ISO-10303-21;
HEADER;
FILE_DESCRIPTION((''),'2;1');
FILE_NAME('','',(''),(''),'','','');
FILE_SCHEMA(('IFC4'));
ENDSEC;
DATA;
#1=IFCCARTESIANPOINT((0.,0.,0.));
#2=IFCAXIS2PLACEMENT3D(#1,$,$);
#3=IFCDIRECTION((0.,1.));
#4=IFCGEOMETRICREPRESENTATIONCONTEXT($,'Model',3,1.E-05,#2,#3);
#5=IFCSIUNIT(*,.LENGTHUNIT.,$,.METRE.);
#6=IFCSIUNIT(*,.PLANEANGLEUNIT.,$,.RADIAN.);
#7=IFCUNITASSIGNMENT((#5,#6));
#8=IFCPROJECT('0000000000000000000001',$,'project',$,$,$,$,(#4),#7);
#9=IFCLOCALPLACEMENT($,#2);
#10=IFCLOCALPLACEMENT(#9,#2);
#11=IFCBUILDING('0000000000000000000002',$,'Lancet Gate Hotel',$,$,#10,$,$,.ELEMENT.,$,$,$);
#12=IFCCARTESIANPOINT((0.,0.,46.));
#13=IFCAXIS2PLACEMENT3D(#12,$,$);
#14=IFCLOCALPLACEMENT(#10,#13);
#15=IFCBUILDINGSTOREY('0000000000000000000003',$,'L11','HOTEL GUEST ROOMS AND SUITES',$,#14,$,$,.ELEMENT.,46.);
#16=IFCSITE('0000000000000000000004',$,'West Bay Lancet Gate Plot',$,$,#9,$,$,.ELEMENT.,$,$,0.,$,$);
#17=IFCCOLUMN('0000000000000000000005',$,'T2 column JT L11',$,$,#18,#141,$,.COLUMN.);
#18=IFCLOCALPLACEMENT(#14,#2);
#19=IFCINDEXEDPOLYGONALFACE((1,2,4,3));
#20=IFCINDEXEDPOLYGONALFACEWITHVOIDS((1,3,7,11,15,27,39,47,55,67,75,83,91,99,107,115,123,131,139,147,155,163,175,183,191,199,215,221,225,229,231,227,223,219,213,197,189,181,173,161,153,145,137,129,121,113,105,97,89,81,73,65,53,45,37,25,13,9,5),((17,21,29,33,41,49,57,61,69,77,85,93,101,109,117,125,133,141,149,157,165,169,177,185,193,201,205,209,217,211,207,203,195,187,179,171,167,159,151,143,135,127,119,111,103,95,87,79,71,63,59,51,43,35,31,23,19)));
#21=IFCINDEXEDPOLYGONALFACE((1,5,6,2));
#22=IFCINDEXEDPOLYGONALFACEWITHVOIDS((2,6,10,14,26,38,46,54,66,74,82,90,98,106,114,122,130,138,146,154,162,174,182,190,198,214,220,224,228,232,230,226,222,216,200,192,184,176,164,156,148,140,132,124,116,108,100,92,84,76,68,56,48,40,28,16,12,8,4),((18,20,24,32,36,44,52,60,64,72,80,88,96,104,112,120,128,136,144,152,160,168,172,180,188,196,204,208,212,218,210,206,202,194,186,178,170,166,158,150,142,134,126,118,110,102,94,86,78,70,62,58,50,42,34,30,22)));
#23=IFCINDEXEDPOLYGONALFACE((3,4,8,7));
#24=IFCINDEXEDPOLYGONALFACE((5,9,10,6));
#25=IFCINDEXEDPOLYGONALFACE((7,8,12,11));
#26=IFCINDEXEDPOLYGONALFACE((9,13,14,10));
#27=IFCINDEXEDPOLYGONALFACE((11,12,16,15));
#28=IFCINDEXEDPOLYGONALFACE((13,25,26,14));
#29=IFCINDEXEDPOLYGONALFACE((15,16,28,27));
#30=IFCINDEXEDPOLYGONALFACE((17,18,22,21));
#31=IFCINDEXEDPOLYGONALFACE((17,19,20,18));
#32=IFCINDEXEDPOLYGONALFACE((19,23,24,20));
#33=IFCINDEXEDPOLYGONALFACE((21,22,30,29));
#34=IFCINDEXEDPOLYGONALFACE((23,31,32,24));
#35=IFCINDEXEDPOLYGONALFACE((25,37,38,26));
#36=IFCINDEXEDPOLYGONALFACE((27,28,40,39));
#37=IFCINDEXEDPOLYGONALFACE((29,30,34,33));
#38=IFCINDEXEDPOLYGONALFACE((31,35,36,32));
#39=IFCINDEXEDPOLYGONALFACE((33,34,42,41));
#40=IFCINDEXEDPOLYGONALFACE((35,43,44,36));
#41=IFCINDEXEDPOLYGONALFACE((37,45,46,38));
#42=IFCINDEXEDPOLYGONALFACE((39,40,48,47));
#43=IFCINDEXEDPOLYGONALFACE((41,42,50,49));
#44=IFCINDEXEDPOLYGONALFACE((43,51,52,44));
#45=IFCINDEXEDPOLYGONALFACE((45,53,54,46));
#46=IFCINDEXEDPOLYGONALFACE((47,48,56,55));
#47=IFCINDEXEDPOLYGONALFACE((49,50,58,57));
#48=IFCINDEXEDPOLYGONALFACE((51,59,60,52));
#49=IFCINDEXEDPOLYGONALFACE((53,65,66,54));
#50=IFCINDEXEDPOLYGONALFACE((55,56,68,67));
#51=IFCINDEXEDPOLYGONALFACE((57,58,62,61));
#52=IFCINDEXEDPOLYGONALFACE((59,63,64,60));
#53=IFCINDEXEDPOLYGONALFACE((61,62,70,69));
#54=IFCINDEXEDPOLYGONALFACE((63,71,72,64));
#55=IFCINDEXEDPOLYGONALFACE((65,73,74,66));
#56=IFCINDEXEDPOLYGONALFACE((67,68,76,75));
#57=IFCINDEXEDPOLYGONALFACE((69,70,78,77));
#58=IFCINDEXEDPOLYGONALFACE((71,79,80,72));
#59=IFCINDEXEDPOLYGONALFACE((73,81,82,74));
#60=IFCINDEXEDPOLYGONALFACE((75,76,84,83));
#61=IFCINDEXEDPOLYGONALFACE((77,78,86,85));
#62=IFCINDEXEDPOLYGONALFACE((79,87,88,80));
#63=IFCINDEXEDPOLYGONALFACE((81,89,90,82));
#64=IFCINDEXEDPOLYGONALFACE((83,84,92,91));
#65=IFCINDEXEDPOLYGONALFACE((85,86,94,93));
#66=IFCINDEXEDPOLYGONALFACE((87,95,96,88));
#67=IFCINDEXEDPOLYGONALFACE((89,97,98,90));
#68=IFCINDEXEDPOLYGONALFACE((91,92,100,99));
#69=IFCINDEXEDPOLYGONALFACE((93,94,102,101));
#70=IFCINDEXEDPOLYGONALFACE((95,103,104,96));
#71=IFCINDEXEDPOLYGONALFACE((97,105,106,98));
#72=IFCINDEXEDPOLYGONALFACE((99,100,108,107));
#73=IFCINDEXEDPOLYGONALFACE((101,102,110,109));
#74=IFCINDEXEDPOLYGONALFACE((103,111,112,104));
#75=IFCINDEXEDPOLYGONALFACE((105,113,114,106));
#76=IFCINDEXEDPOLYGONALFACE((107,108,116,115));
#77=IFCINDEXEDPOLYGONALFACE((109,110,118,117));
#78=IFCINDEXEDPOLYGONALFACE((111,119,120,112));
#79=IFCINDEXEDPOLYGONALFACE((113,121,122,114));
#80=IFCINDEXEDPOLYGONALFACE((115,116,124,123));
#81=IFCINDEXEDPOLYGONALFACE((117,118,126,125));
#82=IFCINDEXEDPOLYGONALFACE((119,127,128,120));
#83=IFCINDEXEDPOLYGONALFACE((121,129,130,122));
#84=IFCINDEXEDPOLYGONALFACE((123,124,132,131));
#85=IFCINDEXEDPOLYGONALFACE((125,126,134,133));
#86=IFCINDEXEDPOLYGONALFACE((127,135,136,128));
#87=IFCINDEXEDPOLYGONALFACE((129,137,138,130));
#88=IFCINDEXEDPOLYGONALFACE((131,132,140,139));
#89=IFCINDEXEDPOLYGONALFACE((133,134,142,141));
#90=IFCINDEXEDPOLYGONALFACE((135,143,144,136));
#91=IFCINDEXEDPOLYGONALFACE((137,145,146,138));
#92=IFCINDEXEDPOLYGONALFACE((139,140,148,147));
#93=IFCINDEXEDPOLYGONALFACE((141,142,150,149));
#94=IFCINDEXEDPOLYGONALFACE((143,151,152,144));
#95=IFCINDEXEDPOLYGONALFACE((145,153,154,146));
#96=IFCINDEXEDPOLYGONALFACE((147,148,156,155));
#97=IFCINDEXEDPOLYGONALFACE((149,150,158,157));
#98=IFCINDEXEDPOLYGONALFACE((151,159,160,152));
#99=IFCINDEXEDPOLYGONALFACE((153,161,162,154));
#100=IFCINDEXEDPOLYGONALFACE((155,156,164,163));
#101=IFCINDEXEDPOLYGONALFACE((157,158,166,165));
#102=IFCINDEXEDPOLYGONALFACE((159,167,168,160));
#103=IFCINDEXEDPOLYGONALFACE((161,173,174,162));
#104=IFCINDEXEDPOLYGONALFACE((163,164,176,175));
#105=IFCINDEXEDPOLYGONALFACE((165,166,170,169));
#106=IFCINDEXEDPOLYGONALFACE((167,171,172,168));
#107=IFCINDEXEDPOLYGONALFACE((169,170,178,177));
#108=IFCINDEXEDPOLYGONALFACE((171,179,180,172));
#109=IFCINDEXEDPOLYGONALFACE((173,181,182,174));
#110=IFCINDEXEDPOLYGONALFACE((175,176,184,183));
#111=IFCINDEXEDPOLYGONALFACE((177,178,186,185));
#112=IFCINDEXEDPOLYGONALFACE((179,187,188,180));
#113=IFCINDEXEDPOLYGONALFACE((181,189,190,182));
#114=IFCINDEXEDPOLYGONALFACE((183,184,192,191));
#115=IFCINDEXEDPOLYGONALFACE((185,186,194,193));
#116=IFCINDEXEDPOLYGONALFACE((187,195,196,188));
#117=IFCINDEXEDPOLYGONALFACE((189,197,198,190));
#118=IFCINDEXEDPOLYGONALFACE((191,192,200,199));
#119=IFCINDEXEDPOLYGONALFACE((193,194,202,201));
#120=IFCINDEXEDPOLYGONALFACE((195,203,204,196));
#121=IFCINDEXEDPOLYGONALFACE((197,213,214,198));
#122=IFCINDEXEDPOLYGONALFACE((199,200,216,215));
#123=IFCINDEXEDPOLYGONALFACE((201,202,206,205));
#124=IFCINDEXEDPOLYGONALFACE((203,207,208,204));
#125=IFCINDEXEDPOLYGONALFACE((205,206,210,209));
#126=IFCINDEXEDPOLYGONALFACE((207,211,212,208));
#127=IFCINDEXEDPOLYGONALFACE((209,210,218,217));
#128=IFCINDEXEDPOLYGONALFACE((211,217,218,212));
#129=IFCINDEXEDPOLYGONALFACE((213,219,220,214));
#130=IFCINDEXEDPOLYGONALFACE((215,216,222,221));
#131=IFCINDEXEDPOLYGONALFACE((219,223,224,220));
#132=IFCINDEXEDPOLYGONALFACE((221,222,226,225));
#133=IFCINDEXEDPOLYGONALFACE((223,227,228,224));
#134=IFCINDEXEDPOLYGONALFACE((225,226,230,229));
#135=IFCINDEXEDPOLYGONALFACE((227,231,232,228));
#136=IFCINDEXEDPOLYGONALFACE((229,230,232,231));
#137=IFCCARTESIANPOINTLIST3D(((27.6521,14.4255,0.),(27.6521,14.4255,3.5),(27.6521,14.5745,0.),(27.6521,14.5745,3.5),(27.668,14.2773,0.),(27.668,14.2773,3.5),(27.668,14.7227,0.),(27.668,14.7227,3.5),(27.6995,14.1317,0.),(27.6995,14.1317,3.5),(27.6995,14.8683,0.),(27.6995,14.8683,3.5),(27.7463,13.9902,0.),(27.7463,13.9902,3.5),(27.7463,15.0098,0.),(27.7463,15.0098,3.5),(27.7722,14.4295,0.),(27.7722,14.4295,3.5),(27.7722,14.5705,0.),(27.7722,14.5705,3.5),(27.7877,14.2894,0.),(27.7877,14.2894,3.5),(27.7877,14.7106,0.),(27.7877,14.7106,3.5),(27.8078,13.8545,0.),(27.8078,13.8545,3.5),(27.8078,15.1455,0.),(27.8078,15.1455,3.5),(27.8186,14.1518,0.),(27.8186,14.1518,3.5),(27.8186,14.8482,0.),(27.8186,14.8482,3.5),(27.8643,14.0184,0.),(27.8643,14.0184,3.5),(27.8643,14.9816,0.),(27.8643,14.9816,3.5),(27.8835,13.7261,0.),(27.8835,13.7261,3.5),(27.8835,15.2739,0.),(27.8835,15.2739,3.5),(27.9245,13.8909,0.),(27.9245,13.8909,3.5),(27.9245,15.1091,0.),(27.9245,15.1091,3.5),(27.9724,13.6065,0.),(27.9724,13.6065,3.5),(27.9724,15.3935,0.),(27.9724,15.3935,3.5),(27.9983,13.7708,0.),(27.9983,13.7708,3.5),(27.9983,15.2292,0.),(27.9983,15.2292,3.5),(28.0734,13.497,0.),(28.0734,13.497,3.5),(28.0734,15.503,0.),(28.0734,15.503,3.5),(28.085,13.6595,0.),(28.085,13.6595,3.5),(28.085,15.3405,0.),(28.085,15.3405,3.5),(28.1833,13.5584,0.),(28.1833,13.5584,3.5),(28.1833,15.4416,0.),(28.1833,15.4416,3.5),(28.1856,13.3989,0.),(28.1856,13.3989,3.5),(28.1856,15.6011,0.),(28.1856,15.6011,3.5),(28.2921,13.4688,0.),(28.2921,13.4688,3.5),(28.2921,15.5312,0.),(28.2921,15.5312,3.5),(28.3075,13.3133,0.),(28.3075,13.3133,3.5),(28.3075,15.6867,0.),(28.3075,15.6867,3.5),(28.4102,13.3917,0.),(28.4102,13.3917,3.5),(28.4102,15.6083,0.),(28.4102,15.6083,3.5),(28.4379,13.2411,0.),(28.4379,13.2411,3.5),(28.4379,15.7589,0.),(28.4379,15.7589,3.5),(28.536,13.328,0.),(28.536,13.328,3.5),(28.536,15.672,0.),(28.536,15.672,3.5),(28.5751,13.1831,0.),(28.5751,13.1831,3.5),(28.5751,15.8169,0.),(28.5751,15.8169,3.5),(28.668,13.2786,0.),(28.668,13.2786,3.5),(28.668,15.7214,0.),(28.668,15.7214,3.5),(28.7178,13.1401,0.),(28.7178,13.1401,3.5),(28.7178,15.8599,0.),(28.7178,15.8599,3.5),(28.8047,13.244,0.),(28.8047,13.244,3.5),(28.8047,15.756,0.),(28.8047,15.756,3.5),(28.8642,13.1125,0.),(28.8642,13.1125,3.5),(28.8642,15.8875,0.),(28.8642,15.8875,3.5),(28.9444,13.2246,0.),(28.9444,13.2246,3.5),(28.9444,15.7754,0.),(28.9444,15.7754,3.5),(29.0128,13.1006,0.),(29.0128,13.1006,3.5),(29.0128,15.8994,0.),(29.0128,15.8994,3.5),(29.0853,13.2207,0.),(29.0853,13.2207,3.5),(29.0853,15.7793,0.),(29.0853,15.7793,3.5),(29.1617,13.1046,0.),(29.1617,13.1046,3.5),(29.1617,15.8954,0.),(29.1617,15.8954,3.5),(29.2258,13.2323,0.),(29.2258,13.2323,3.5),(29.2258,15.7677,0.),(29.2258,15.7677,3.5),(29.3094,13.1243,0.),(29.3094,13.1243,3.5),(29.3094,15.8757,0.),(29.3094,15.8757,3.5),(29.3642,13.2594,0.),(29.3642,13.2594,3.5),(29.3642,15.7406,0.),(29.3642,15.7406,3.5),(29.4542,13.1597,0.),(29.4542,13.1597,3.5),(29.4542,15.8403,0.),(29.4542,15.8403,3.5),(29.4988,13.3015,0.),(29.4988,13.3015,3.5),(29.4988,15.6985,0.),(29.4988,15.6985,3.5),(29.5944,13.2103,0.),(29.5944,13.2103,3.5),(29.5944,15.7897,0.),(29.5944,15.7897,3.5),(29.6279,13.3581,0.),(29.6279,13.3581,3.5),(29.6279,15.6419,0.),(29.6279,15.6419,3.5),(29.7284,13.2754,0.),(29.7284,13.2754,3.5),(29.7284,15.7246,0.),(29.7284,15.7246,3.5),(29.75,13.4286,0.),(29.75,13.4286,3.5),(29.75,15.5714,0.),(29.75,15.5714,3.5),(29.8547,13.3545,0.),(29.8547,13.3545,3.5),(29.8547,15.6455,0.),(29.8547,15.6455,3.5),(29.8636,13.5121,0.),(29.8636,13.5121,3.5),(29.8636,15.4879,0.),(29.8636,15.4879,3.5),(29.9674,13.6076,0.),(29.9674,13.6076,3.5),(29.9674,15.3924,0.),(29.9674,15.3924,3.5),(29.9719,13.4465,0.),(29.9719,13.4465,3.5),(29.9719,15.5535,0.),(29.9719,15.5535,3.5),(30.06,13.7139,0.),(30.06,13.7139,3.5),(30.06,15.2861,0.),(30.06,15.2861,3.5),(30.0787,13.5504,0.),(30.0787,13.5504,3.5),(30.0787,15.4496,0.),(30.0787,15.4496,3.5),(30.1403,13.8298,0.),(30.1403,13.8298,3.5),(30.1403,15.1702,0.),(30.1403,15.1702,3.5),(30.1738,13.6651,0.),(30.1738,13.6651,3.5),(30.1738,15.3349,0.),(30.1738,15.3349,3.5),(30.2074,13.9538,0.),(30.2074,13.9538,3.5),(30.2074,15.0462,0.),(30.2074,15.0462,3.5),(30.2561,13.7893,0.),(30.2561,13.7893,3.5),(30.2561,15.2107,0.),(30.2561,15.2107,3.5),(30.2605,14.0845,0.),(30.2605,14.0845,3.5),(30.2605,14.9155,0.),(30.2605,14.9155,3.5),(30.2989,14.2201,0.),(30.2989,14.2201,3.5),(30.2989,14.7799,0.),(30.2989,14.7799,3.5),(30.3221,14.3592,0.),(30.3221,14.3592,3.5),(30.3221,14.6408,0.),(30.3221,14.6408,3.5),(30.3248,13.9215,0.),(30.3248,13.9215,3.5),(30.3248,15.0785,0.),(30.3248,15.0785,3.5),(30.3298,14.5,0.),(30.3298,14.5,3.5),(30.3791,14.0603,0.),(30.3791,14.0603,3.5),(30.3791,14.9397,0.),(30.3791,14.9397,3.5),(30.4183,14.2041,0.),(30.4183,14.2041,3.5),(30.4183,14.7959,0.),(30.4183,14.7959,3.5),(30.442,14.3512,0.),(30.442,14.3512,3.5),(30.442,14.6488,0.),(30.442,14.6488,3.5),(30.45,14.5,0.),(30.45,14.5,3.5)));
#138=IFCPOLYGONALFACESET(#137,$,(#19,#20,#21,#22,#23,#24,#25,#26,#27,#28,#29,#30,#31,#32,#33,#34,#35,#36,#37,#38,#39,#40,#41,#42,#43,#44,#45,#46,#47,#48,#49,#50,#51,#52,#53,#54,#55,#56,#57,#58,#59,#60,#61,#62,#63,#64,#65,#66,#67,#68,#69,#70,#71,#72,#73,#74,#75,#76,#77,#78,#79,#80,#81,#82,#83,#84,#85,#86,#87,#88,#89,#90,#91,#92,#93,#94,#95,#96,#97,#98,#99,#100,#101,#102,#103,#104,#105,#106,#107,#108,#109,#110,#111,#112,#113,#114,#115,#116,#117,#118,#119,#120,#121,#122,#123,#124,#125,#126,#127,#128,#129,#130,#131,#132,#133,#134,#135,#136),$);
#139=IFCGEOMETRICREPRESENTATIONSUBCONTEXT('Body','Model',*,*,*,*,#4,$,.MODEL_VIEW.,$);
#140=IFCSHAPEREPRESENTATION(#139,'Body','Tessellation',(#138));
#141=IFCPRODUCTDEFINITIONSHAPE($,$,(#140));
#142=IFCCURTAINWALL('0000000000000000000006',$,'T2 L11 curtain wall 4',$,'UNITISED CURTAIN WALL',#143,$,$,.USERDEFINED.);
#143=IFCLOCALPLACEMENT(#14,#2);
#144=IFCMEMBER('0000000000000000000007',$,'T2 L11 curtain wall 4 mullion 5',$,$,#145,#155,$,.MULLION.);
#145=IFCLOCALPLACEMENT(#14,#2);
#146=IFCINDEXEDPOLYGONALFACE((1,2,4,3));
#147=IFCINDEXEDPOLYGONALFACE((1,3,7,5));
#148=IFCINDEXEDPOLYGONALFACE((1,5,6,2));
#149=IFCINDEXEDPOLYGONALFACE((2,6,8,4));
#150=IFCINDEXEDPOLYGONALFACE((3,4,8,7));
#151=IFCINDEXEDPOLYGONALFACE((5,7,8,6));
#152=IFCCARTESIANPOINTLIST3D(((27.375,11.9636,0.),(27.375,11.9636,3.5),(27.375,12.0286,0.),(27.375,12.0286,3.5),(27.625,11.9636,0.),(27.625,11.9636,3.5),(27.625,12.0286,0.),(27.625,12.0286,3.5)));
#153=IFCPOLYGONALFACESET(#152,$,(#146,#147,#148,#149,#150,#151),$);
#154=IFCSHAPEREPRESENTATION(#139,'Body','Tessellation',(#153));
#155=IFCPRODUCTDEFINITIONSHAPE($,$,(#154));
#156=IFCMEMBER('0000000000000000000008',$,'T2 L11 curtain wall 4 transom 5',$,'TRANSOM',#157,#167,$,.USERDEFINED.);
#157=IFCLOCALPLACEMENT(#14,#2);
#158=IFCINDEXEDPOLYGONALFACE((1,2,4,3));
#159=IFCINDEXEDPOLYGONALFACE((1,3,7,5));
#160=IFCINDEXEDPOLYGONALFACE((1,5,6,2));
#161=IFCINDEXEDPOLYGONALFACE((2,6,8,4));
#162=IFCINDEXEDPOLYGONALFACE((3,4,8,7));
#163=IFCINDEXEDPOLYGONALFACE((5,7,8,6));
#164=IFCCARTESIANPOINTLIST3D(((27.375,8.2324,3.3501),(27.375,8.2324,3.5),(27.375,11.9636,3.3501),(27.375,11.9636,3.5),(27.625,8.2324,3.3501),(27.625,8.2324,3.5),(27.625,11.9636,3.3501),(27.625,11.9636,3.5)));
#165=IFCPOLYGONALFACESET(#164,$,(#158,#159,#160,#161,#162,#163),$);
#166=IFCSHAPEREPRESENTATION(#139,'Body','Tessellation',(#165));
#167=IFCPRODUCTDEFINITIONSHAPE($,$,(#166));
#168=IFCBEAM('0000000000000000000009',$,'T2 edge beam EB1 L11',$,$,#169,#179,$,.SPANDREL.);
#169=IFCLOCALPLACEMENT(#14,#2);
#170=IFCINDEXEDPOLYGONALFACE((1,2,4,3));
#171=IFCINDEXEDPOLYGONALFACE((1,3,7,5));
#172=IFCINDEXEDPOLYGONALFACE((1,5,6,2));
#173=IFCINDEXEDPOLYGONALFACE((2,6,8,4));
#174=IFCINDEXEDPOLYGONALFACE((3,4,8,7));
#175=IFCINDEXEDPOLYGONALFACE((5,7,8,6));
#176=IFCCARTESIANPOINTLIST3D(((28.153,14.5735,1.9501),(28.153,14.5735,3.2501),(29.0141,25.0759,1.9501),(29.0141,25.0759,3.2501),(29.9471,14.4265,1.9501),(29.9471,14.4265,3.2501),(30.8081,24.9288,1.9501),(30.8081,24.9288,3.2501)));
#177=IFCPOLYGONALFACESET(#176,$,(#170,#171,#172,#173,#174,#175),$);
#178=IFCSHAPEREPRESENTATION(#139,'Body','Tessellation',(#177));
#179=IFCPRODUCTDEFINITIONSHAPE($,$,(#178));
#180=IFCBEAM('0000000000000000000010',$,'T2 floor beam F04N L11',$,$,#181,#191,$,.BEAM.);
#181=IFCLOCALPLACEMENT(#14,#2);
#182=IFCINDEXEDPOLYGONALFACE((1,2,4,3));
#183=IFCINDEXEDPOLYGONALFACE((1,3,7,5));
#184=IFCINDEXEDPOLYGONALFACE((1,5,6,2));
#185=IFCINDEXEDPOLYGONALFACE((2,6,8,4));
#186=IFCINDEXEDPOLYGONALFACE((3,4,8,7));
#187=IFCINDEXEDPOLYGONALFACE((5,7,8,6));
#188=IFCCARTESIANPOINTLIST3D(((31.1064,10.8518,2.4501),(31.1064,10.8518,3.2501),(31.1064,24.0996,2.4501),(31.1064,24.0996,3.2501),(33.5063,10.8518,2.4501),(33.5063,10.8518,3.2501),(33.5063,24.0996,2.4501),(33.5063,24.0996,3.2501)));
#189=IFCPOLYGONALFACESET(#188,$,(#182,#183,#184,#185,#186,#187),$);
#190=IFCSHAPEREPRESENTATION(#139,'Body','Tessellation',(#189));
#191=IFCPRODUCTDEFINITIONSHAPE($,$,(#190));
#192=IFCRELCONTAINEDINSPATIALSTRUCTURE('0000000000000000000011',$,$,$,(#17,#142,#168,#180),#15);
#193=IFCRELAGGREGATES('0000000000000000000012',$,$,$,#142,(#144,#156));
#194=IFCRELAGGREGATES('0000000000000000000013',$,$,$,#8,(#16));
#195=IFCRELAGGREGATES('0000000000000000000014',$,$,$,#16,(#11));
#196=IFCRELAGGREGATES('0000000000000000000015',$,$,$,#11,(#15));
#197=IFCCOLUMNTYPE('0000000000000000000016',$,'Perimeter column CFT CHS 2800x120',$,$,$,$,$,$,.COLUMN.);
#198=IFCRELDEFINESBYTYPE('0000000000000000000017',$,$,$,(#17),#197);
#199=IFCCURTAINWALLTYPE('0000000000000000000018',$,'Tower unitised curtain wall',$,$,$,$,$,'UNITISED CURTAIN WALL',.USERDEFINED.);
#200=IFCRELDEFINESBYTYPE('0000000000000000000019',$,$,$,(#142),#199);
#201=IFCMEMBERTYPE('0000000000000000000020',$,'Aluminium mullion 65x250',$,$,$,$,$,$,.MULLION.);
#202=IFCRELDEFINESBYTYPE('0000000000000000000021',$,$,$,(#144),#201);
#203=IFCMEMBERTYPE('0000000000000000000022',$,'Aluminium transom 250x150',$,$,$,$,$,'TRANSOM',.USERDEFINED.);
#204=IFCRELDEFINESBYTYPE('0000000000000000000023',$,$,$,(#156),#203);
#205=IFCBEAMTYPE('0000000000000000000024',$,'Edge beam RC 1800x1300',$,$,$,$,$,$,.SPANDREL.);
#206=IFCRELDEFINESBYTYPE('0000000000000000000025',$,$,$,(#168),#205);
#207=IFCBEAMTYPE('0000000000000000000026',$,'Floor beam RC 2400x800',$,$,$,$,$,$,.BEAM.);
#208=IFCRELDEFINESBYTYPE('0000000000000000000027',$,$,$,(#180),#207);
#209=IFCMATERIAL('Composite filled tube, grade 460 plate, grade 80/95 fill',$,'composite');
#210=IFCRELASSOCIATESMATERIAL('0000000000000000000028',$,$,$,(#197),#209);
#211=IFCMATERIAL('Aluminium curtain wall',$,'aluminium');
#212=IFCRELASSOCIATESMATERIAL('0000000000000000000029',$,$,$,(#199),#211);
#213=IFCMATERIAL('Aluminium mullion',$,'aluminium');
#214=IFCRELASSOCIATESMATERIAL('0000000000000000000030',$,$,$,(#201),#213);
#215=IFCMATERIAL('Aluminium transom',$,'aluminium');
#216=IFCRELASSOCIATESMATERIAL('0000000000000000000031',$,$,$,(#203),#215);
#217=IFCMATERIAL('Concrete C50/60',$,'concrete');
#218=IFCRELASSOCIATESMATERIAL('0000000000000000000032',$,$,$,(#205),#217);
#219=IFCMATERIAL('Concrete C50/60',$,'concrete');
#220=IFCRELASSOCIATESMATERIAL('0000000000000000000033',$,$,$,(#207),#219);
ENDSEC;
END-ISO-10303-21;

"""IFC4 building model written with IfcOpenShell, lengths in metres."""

from ifc_helpers import new_model, si_unit, direction, frame, origin, origin_2d, place, context, subcontext, project, spatial, rectangle, hollow_circle, extrude, material, material_profile, profile_set, type_object, element, aggregate, save


model = new_model("IFC4")

# Units and contexts
model_context = context("Model", 3, precision=1e-05, world=origin(), true_north=direction((0.0, 1.0)))
body_context = subcontext(model_context, "Body", "Model", "MODEL_VIEW")
ifc_project = project(units=[si_unit("LENGTHUNIT", "METRE"), si_unit("PLANEANGLEUNIT", "RADIAN")], contexts=[model_context])

# Site, building, storey
site_placement = place(None, origin())
site = spatial("IfcSite", under=ifc_project, at=site_placement, Name="West Bay Lancet Gate Plot", CompositionType="ELEMENT", RefElevation=0.0)
building_placement = place(site_placement, origin())
building = spatial("IfcBuilding", under=site, at=building_placement, Name="Lancet Gate Hotel", CompositionType="ELEMENT")
storey_placement = place(building_placement, frame((0.0, 0.0, 46.0)))
storey = spatial("IfcBuildingStorey", under=building, at=storey_placement, Name="L11", Description="HOTEL GUEST ROOMS AND SUITES", CompositionType="ELEMENT", Elevation=46.0)

# Column
ifc_material_1 = material(Name="Composite filled tube, grade 460 plate, grade 80/95 fill", Category="composite")
ifc_material_profile_1 = material_profile(ifc_material_1, hollow_circle(Radius=1.3999, WallThickness=0.1201, at=origin_2d()), Name="CHS 2800x120")
ifc_profile_set_1 = profile_set([ifc_material_profile_1], Name="Composite filled tube, grade 460 plate, grade 80/95 fill")
column_type = type_object("IfcColumnType", Name="Perimeter column CFT CHS 2800x120", PredefinedType="COLUMN", material=ifc_profile_set_1)
for number, where, z_axis, x_axis, name in (
    (1, (29.05, 14.5, 0.0), (0.0, 0.0, 1.0), (1.0, 0.0, 0.0), "T2 column JT L11"),
):
    element("IfcColumn", number, at=place(storey_placement, frame(where, z_axis=z_axis, x_axis=x_axis)), inside=storey, type_object=column_type, Name=name, PredefinedType="COLUMN", context=body_context, shape_type="SweptSolid", body=[
        extrude(hollow_circle(Radius=1.3999, WallThickness=0.1201, at=origin_2d()), origin(), (0.0, 0.0, 1.0), 3.5),
    ])

# Curtain wall, members
ifc_material_2 = material(Name="Aluminium curtain wall", Category="aluminium")
curtain_wall_type = type_object("IfcCurtainWallType", Name="Tower unitised curtain wall", ElementType="UNITISED CURTAIN WALL", PredefinedType="USERDEFINED", material=ifc_material_2)
curtain_wall_placement = place(storey_placement, origin())
curtain_wall = element("IfcCurtainWall", 2, at=curtain_wall_placement, inside=storey, type_object=curtain_wall_type, Name="T2 L11 curtain wall 4", ObjectType="UNITISED CURTAIN WALL", PredefinedType="USERDEFINED")
ifc_material_3 = material(Name="Aluminium mullion", Category="aluminium")
ifc_material_profile_2 = material_profile(ifc_material_3, rectangle(XDim=0.0649, YDim=0.25, at=origin_2d()), Name="MULLION 65x250")
ifc_profile_set_2 = profile_set([ifc_material_profile_2], Name="Aluminium mullion")
member_type_1 = type_object("IfcMemberType", Name="Aluminium mullion 65x250", PredefinedType="MULLION", material=ifc_profile_set_2)
member_1_placement = place(storey_placement, frame((27.5, 11.9961, 0.0), z_axis=(0.0, 0.0, 1.0), x_axis=(0.0, -1.0, 0.0)))
member_1 = element("IfcMember", 3, at=member_1_placement, type_object=member_type_1, Name="T2 L11 curtain wall 4 mullion 5", PredefinedType="MULLION", context=body_context, shape_type="SweptSolid", body=[
    extrude(rectangle(XDim=0.0649, YDim=0.25, at=origin_2d()), origin(), (0.0, 0.0, 1.0), 3.5),
])
ifc_material_4 = material(Name="Aluminium transom", Category="aluminium")
ifc_material_profile_3 = material_profile(ifc_material_4, rectangle(XDim=0.25, YDim=0.1499, at=origin_2d()), Name="TRANSOM 250x150")
ifc_profile_set_3 = profile_set([ifc_material_profile_3], Name="Aluminium transom")
member_type_2 = type_object("IfcMemberType", Name="Aluminium transom 250x150", ElementType="TRANSOM", PredefinedType="USERDEFINED", material=ifc_profile_set_3)
member_2_placement = place(storey_placement, frame((27.5, 11.9636, 3.425), z_axis=(0.0, -1.0, 0.0), x_axis=(1.0, 0.0, 0.0)))
member_2 = element("IfcMember", 4, at=member_2_placement, type_object=member_type_2, Name="T2 L11 curtain wall 4 transom 5", ObjectType="TRANSOM", PredefinedType="USERDEFINED", context=body_context, shape_type="SweptSolid", body=[
    extrude(rectangle(XDim=0.25, YDim=0.1499, at=origin_2d()), origin(), (0.0, 0.0, 1.0), 3.7312),
])

# Beams
ifc_material_5 = material(Name="Concrete C50/60", Category="concrete")
ifc_material_profile_4 = material_profile(ifc_material_5, rectangle(XDim=1.8, YDim=1.3, at=origin_2d()), Name="RC 1800x1300")
ifc_profile_set_4 = profile_set([ifc_material_profile_4], Name="Concrete C50/60")
beam_type_1 = type_object("IfcBeamType", Name="Edge beam RC 1800x1300", PredefinedType="SPANDREL", material=ifc_profile_set_4)
beam_1_placement = place(storey_placement, frame((29.05, 14.5, 2.6001), z_axis=(0.081715, 0.996656, 0.0), x_axis=(-0.996656, 0.081715, 0.0)))
element("IfcBeam", 5, at=beam_1_placement, inside=storey, type_object=beam_type_1, Name="T2 edge beam EB1 L11", PredefinedType="SPANDREL", context=body_context, shape_type="SweptSolid", body=[
    extrude(rectangle(XDim=1.8, YDim=1.3, at=origin_2d()), origin(), (0.0, 0.0, 1.0), 10.5376),
])
ifc_material_6 = material(Name="Concrete C50/60", Category="concrete")
ifc_material_profile_5 = material_profile(ifc_material_6, rectangle(XDim=2.3999, YDim=0.8, at=origin_2d()), Name="RC 2400x800")
ifc_profile_set_5 = profile_set([ifc_material_profile_5], Name="Concrete C50/60")
beam_type_2 = type_object("IfcBeamType", Name="Floor beam RC 2400x800", PredefinedType="BEAM", material=ifc_profile_set_5)
beam_2_placement = place(storey_placement, frame((32.3064, 10.8518, 2.8501), z_axis=(0.0, 1.0, 0.0), x_axis=(-1.0, 0.0, 0.0)))
element("IfcBeam", 6, at=beam_2_placement, inside=storey, type_object=beam_type_2, Name="T2 floor beam F04N L11", PredefinedType="BEAM", context=body_context, shape_type="SweptSolid", body=[
    extrude(rectangle(XDim=2.3999, YDim=0.8, at=origin_2d()), origin(), (0.0, 0.0, 1.0), 13.2478),
])

aggregate(curtain_wall, [member_1, member_2])

save(model, "model.ifc")
